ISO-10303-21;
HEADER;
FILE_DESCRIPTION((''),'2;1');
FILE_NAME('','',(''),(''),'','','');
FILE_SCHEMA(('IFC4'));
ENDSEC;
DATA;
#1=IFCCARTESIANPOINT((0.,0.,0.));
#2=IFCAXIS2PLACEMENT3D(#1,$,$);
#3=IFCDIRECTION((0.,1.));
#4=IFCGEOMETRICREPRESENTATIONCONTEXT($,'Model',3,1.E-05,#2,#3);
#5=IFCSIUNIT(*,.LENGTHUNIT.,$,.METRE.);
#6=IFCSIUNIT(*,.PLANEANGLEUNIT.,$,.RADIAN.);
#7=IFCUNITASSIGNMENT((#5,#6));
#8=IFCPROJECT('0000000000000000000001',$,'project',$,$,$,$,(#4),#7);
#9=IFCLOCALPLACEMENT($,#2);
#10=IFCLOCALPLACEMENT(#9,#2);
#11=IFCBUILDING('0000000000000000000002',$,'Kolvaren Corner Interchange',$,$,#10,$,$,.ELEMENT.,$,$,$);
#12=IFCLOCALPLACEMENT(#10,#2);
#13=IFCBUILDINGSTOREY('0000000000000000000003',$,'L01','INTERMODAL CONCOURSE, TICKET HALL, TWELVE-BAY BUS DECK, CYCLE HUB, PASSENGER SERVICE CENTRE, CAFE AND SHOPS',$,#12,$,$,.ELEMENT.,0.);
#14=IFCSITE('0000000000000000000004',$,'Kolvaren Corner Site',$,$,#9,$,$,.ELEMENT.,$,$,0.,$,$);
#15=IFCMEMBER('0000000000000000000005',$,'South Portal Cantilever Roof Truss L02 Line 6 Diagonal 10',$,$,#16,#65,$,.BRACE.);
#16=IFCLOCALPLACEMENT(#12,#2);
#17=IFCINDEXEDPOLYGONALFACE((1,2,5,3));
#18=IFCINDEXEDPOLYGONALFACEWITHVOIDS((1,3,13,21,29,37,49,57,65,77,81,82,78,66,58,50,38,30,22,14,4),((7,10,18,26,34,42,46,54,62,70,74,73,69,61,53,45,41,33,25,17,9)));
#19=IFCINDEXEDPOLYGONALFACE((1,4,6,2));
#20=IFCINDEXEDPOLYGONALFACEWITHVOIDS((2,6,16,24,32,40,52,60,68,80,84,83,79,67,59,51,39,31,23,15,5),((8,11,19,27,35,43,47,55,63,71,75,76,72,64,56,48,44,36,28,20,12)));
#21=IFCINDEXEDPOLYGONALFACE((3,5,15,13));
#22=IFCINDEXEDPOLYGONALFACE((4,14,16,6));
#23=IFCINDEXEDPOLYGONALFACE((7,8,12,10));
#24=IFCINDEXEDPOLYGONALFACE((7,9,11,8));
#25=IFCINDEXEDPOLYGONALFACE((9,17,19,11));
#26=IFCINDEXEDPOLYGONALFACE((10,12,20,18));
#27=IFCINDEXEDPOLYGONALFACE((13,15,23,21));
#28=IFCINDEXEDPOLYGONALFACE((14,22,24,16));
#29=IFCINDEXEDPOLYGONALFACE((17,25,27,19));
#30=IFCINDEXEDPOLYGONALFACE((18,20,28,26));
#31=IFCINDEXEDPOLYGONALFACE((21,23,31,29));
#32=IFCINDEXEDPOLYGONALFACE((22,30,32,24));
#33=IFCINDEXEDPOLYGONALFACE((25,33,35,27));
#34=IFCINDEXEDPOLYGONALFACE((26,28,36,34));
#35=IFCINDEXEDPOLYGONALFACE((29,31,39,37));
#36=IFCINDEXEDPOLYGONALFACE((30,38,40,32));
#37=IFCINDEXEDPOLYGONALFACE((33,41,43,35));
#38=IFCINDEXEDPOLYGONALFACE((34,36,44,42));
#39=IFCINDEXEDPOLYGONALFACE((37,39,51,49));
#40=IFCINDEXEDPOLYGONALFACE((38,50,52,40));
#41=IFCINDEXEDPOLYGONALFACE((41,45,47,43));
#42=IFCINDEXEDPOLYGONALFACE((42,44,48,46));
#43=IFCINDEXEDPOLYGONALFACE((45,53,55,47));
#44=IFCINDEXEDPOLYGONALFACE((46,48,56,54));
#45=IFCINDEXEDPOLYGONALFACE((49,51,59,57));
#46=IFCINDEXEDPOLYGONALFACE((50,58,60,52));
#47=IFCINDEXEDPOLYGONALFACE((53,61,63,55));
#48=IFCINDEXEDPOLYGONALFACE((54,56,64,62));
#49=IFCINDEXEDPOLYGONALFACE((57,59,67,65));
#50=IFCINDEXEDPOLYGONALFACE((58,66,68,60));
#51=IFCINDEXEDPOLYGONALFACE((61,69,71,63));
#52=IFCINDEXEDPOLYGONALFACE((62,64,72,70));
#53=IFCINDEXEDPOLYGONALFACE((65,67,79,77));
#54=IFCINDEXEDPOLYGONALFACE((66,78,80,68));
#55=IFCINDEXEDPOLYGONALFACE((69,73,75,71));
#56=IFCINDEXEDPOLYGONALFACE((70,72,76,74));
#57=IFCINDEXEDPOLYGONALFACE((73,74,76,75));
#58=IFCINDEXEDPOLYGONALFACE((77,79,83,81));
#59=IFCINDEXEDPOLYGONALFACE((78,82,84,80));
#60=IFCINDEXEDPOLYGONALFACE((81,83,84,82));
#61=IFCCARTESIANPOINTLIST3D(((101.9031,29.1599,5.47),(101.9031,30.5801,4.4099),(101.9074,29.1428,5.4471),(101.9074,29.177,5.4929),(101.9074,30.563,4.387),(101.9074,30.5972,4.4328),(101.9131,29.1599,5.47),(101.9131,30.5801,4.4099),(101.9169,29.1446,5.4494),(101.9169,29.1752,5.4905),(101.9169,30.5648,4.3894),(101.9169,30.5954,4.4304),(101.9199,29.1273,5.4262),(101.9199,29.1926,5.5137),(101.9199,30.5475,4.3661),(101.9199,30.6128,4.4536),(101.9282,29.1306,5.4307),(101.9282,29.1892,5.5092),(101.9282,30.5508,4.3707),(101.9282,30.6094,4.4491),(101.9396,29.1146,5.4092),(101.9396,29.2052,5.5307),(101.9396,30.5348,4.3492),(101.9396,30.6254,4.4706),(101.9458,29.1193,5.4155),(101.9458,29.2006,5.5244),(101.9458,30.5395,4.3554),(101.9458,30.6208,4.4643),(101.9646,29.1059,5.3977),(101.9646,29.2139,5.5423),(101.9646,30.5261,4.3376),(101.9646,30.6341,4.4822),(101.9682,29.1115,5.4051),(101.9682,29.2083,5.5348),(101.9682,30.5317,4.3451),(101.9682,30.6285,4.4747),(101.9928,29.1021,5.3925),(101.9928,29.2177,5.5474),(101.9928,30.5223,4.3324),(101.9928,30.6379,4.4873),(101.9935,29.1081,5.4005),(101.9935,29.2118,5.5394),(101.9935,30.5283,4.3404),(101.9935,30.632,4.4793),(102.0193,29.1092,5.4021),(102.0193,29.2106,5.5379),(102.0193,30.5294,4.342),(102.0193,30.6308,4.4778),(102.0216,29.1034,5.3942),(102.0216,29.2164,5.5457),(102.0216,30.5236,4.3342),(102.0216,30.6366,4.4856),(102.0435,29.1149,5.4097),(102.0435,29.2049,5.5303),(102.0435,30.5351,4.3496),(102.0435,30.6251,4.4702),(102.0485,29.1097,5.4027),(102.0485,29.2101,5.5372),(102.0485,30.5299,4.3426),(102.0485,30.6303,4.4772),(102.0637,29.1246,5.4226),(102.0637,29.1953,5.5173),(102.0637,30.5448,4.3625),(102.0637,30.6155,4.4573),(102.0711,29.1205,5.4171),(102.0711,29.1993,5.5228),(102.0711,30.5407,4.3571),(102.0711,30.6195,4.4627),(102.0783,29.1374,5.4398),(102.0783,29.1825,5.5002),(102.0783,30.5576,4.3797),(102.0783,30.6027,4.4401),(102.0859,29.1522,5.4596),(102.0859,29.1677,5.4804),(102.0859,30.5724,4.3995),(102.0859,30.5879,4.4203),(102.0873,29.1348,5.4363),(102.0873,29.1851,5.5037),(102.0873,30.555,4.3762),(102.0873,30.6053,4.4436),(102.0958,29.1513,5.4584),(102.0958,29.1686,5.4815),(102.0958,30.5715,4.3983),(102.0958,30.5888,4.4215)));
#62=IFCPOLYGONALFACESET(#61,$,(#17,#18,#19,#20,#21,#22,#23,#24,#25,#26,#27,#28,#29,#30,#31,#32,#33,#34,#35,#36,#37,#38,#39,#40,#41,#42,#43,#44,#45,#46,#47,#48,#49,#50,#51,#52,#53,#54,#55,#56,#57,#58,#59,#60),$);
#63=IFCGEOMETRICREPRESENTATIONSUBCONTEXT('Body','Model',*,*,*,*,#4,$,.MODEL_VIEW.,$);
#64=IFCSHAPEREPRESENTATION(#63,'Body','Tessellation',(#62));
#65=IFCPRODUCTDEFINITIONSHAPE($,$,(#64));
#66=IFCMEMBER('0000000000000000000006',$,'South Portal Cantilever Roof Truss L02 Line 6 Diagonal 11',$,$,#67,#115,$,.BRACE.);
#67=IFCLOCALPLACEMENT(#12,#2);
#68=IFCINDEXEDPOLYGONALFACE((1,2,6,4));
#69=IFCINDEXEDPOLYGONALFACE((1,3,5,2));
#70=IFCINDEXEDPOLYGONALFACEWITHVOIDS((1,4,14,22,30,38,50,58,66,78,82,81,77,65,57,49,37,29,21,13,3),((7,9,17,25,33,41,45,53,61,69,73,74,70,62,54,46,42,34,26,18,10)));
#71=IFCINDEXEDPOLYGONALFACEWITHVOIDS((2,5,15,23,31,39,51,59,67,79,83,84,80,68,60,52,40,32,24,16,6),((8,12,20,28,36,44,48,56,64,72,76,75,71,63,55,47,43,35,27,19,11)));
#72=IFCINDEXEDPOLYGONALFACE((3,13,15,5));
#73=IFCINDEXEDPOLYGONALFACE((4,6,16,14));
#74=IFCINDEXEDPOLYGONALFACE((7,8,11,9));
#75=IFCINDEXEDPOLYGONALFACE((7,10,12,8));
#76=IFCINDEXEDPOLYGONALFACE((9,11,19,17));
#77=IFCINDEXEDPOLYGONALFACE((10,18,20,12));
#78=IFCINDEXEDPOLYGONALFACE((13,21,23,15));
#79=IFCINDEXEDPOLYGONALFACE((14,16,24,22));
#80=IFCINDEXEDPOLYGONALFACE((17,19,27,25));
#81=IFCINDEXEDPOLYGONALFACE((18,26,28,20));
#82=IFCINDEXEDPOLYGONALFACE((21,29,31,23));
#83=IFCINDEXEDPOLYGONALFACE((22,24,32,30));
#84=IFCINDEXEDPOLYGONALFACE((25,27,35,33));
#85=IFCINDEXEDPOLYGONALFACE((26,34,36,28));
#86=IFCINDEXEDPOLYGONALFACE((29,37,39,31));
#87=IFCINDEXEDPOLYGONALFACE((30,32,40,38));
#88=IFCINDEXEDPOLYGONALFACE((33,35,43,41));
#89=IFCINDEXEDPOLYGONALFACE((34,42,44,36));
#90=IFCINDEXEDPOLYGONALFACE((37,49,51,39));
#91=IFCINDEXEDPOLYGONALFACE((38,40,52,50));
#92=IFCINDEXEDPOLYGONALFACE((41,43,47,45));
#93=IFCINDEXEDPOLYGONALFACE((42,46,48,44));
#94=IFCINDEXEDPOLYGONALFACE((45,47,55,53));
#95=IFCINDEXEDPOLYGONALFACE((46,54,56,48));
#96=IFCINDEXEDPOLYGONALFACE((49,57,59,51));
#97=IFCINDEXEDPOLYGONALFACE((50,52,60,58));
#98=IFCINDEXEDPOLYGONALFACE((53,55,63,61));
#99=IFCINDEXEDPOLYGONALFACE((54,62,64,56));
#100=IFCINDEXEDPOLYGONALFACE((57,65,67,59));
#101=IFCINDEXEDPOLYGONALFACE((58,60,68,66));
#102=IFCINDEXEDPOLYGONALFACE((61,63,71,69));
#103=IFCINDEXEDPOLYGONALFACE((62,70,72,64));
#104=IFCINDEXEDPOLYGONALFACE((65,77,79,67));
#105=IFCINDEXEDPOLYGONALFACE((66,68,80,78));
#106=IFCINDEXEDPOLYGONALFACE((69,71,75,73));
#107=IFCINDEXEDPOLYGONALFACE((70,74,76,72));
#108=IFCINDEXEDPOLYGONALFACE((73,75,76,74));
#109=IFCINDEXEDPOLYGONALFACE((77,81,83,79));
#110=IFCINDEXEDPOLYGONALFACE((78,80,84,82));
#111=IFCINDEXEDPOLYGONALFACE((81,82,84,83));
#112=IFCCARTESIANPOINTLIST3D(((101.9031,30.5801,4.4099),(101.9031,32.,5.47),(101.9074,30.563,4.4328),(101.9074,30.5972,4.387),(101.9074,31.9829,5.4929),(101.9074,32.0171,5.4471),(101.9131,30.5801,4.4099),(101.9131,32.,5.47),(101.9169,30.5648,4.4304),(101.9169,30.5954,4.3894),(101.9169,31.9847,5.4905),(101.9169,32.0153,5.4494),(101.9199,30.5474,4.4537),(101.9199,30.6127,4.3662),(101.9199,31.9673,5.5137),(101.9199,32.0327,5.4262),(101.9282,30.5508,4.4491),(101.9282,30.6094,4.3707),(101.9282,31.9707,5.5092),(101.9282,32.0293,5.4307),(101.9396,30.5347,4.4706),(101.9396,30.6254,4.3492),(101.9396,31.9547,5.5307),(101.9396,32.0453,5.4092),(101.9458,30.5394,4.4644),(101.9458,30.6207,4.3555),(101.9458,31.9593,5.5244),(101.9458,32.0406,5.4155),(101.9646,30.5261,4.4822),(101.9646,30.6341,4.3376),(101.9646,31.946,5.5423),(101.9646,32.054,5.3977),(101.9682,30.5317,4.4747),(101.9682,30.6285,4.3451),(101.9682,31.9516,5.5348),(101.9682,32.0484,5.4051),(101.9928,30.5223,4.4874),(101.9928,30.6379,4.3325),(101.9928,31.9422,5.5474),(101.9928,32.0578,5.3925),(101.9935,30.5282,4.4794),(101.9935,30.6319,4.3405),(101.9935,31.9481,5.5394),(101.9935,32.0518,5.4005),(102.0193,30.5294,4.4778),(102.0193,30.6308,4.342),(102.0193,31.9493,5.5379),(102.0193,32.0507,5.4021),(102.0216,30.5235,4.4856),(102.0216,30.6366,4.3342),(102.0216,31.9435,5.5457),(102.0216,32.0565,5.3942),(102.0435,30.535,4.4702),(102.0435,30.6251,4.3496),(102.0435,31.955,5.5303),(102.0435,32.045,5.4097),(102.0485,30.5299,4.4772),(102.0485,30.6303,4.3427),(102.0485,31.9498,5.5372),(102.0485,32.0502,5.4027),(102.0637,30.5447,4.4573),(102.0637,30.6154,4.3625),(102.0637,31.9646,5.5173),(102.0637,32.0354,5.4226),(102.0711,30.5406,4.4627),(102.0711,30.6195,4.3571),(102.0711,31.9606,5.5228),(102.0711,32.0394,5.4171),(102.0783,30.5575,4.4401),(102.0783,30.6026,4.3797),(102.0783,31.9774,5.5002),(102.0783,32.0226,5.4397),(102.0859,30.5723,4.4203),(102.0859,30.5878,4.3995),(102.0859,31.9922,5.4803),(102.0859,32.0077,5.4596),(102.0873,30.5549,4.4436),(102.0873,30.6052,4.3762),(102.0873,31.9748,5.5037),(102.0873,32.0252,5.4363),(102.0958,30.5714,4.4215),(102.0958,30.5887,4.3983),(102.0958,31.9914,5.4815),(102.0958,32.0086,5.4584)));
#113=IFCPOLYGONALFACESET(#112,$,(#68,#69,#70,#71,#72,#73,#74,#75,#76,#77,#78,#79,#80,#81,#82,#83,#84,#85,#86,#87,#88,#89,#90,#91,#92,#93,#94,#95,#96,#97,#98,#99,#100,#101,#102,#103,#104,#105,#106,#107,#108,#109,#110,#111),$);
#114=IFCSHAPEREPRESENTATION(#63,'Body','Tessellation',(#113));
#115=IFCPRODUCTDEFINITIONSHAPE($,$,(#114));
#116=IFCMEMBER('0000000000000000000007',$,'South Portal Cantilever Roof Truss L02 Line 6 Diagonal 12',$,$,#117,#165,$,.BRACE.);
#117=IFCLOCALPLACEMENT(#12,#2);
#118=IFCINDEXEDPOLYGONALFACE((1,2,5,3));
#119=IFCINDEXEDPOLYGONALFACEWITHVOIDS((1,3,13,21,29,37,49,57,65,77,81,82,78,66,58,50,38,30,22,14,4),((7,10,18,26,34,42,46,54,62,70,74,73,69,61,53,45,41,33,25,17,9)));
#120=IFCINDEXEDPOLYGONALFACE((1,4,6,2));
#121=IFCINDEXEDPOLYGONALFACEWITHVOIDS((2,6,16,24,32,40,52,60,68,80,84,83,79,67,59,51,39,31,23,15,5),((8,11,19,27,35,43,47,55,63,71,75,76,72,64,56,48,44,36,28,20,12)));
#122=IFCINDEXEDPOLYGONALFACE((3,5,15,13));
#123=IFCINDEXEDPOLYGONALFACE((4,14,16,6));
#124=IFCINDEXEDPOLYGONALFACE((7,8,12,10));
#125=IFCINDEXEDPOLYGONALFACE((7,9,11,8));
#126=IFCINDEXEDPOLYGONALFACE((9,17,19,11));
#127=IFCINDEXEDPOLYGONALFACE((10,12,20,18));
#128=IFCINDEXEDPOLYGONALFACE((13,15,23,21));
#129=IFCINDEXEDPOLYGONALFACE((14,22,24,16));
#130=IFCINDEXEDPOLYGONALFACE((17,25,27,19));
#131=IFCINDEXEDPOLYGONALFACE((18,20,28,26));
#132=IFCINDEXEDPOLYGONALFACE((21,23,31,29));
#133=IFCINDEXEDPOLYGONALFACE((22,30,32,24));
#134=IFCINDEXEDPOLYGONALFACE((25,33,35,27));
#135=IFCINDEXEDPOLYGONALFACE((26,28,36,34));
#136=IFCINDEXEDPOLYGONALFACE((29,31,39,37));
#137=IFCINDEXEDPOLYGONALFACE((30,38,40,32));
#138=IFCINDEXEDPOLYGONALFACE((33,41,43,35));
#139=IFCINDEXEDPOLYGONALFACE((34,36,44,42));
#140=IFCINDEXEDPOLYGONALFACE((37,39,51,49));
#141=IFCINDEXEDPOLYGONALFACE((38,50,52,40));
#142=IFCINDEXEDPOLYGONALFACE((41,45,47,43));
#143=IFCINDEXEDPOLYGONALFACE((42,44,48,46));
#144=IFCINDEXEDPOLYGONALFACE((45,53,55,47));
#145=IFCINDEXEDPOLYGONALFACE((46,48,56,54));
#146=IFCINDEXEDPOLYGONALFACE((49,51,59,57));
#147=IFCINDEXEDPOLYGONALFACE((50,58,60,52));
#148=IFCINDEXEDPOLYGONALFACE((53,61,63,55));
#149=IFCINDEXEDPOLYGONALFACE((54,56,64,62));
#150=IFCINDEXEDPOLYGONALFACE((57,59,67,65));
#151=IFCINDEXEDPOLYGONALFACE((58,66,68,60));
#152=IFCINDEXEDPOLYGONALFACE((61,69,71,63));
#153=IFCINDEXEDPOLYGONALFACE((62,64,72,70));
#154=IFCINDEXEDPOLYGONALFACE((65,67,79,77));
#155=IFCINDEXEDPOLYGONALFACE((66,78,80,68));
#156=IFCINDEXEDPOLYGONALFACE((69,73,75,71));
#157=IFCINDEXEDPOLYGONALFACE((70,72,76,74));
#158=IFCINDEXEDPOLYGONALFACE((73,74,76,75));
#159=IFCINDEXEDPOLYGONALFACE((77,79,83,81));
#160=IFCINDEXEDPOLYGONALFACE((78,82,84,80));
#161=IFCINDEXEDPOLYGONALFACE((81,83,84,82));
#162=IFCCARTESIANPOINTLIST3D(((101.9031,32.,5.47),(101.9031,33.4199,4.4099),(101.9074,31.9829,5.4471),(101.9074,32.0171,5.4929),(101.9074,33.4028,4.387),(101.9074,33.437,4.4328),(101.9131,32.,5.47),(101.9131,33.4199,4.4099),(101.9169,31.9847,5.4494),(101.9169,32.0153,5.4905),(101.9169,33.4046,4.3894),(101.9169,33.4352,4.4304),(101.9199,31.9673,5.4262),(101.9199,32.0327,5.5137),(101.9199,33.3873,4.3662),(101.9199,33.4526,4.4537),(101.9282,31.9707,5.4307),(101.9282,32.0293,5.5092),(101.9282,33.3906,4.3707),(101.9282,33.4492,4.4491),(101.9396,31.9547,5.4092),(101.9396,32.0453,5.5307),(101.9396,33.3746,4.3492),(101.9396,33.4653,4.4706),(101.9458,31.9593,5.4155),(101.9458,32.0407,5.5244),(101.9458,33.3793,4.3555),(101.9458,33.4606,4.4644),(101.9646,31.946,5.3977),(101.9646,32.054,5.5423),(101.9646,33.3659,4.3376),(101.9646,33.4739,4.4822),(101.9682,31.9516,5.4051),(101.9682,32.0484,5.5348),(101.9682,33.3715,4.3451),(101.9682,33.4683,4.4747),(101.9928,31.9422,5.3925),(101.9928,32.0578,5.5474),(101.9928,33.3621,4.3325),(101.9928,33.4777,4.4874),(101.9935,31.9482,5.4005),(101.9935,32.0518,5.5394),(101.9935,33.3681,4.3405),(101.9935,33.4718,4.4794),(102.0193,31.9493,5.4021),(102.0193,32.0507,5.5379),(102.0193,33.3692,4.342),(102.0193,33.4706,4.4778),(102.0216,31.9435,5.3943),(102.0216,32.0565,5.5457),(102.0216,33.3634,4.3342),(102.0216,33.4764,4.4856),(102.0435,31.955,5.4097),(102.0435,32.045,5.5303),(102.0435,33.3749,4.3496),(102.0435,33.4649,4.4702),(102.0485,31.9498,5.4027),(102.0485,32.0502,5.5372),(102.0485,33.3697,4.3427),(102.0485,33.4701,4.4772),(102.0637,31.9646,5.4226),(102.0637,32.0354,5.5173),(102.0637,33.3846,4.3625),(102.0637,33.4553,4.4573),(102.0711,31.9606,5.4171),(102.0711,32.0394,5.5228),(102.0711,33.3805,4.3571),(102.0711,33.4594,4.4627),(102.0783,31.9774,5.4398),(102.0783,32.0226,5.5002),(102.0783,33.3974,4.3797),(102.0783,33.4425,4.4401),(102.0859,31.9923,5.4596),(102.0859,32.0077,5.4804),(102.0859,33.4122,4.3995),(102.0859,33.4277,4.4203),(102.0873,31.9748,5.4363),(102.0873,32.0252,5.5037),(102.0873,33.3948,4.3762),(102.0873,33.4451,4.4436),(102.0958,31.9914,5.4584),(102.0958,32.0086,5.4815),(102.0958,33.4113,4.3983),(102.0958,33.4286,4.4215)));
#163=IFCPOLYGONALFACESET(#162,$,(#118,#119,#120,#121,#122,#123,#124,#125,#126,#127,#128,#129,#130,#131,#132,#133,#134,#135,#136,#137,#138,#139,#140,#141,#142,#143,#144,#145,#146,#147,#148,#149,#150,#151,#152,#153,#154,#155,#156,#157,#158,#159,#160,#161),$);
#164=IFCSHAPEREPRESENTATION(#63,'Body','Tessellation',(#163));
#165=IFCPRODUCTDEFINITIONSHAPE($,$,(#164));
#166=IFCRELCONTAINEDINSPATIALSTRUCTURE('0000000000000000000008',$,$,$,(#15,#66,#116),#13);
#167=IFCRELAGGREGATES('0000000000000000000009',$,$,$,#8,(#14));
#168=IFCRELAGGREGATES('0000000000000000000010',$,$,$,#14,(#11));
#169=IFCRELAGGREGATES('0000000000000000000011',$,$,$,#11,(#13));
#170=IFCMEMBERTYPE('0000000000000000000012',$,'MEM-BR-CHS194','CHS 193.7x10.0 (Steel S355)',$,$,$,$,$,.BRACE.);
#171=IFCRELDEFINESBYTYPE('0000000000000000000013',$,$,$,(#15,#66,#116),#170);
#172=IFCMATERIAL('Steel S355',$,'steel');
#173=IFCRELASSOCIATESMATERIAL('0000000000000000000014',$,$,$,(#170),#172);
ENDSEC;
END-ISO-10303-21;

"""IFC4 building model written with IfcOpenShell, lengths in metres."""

from ifc_helpers import new_model, si_unit, direction, frame, origin, origin_2d, place, context, subcontext, project, spatial, hollow_circle, extrude, material, material_profile, profile_set, type_object, element, save


model = new_model("IFC4")

# Units and contexts
model_context = context("Model", 3, precision=1e-05, world=origin(), true_north=direction((0.0, 1.0)))
body_context = subcontext(model_context, "Body", "Model", "MODEL_VIEW")
ifc_project = project(units=[si_unit("LENGTHUNIT", "METRE"), si_unit("PLANEANGLEUNIT", "RADIAN")], contexts=[model_context])

# Site, building, storey
site_placement = place(None, origin())
site = spatial("IfcSite", under=ifc_project, at=site_placement, Name="Kolvaren Corner Site", CompositionType="ELEMENT", RefElevation=0.0)
building_placement = place(site_placement, origin())
building = spatial("IfcBuilding", under=site, at=building_placement, Name="Kolvaren Corner Interchange", CompositionType="ELEMENT")
storey_placement = place(building_placement, origin())
storey = spatial("IfcBuildingStorey", under=building, at=storey_placement, Name="L01", Description="INTERMODAL CONCOURSE, TICKET HALL, TWELVE-BAY BUS DECK, CYCLE HUB, PASSENGER SERVICE CENTRE, CAFE AND SHOPS", CompositionType="ELEMENT", Elevation=0.0)

# Members
ifc_material_1 = material(Name="Steel S355", Category="steel")
ifc_material_profile_1 = material_profile(ifc_material_1, hollow_circle(Radius=0.0969, WallThickness=0.01, at=origin_2d()), Name="CHS 193.7x10.0")
ifc_profile_set_1 = profile_set([ifc_material_profile_1], Name="Steel S355")
member_type_1 = type_object("IfcMemberType", Name="MEM-BR-CHS194", Description="CHS 193.7x10.0 (Steel S355)", PredefinedType="BRACE", material=ifc_profile_set_1)
member_1_placement = place(storey_placement, frame((102.0, 29.1599, 5.47), z_axis=(0.0, 0.80137, -0.598169), x_axis=(-1.0, 0.0, 0.0)))
element("IfcMember", 1, at=member_1_placement, inside=storey, type_object=member_type_1, Name="South Portal Cantilever Roof Truss L02 Line 6 Diagonal 10", PredefinedType="BRACE", context=body_context, shape_type="SweptSolid", body=[
    extrude(hollow_circle(Radius=0.0969, WallThickness=0.01, at=origin_2d()), origin(), (0.0, 0.0, 1.0), 1.7722),
])
for number, where, z_axis, x_axis, name in (
    (2, (102.0, 30.5801, 4.4099), (0.0, 0.801321, 0.598235), (-1.0, 0.0, 0.0), "South Portal Cantilever Roof Truss L02 Line 6 Diagonal 11"),
    (3, (102.0, 32.0, 5.47), (0.0, 0.801321, -0.598235), (-1.0, 0.0, 0.0), "South Portal Cantilever Roof Truss L02 Line 6 Diagonal 12"),
):
    element("IfcMember", number, at=place(storey_placement, frame(where, z_axis=z_axis, x_axis=x_axis)), inside=storey, type_object=member_type_1, Name=name, PredefinedType="BRACE", context=body_context, shape_type="SweptSolid", body=[
        extrude(hollow_circle(Radius=0.0969, WallThickness=0.01, at=origin_2d()), origin(), (0.0, 0.0, 1.0), 1.772),
    ])

save(model, "model.ifc")
